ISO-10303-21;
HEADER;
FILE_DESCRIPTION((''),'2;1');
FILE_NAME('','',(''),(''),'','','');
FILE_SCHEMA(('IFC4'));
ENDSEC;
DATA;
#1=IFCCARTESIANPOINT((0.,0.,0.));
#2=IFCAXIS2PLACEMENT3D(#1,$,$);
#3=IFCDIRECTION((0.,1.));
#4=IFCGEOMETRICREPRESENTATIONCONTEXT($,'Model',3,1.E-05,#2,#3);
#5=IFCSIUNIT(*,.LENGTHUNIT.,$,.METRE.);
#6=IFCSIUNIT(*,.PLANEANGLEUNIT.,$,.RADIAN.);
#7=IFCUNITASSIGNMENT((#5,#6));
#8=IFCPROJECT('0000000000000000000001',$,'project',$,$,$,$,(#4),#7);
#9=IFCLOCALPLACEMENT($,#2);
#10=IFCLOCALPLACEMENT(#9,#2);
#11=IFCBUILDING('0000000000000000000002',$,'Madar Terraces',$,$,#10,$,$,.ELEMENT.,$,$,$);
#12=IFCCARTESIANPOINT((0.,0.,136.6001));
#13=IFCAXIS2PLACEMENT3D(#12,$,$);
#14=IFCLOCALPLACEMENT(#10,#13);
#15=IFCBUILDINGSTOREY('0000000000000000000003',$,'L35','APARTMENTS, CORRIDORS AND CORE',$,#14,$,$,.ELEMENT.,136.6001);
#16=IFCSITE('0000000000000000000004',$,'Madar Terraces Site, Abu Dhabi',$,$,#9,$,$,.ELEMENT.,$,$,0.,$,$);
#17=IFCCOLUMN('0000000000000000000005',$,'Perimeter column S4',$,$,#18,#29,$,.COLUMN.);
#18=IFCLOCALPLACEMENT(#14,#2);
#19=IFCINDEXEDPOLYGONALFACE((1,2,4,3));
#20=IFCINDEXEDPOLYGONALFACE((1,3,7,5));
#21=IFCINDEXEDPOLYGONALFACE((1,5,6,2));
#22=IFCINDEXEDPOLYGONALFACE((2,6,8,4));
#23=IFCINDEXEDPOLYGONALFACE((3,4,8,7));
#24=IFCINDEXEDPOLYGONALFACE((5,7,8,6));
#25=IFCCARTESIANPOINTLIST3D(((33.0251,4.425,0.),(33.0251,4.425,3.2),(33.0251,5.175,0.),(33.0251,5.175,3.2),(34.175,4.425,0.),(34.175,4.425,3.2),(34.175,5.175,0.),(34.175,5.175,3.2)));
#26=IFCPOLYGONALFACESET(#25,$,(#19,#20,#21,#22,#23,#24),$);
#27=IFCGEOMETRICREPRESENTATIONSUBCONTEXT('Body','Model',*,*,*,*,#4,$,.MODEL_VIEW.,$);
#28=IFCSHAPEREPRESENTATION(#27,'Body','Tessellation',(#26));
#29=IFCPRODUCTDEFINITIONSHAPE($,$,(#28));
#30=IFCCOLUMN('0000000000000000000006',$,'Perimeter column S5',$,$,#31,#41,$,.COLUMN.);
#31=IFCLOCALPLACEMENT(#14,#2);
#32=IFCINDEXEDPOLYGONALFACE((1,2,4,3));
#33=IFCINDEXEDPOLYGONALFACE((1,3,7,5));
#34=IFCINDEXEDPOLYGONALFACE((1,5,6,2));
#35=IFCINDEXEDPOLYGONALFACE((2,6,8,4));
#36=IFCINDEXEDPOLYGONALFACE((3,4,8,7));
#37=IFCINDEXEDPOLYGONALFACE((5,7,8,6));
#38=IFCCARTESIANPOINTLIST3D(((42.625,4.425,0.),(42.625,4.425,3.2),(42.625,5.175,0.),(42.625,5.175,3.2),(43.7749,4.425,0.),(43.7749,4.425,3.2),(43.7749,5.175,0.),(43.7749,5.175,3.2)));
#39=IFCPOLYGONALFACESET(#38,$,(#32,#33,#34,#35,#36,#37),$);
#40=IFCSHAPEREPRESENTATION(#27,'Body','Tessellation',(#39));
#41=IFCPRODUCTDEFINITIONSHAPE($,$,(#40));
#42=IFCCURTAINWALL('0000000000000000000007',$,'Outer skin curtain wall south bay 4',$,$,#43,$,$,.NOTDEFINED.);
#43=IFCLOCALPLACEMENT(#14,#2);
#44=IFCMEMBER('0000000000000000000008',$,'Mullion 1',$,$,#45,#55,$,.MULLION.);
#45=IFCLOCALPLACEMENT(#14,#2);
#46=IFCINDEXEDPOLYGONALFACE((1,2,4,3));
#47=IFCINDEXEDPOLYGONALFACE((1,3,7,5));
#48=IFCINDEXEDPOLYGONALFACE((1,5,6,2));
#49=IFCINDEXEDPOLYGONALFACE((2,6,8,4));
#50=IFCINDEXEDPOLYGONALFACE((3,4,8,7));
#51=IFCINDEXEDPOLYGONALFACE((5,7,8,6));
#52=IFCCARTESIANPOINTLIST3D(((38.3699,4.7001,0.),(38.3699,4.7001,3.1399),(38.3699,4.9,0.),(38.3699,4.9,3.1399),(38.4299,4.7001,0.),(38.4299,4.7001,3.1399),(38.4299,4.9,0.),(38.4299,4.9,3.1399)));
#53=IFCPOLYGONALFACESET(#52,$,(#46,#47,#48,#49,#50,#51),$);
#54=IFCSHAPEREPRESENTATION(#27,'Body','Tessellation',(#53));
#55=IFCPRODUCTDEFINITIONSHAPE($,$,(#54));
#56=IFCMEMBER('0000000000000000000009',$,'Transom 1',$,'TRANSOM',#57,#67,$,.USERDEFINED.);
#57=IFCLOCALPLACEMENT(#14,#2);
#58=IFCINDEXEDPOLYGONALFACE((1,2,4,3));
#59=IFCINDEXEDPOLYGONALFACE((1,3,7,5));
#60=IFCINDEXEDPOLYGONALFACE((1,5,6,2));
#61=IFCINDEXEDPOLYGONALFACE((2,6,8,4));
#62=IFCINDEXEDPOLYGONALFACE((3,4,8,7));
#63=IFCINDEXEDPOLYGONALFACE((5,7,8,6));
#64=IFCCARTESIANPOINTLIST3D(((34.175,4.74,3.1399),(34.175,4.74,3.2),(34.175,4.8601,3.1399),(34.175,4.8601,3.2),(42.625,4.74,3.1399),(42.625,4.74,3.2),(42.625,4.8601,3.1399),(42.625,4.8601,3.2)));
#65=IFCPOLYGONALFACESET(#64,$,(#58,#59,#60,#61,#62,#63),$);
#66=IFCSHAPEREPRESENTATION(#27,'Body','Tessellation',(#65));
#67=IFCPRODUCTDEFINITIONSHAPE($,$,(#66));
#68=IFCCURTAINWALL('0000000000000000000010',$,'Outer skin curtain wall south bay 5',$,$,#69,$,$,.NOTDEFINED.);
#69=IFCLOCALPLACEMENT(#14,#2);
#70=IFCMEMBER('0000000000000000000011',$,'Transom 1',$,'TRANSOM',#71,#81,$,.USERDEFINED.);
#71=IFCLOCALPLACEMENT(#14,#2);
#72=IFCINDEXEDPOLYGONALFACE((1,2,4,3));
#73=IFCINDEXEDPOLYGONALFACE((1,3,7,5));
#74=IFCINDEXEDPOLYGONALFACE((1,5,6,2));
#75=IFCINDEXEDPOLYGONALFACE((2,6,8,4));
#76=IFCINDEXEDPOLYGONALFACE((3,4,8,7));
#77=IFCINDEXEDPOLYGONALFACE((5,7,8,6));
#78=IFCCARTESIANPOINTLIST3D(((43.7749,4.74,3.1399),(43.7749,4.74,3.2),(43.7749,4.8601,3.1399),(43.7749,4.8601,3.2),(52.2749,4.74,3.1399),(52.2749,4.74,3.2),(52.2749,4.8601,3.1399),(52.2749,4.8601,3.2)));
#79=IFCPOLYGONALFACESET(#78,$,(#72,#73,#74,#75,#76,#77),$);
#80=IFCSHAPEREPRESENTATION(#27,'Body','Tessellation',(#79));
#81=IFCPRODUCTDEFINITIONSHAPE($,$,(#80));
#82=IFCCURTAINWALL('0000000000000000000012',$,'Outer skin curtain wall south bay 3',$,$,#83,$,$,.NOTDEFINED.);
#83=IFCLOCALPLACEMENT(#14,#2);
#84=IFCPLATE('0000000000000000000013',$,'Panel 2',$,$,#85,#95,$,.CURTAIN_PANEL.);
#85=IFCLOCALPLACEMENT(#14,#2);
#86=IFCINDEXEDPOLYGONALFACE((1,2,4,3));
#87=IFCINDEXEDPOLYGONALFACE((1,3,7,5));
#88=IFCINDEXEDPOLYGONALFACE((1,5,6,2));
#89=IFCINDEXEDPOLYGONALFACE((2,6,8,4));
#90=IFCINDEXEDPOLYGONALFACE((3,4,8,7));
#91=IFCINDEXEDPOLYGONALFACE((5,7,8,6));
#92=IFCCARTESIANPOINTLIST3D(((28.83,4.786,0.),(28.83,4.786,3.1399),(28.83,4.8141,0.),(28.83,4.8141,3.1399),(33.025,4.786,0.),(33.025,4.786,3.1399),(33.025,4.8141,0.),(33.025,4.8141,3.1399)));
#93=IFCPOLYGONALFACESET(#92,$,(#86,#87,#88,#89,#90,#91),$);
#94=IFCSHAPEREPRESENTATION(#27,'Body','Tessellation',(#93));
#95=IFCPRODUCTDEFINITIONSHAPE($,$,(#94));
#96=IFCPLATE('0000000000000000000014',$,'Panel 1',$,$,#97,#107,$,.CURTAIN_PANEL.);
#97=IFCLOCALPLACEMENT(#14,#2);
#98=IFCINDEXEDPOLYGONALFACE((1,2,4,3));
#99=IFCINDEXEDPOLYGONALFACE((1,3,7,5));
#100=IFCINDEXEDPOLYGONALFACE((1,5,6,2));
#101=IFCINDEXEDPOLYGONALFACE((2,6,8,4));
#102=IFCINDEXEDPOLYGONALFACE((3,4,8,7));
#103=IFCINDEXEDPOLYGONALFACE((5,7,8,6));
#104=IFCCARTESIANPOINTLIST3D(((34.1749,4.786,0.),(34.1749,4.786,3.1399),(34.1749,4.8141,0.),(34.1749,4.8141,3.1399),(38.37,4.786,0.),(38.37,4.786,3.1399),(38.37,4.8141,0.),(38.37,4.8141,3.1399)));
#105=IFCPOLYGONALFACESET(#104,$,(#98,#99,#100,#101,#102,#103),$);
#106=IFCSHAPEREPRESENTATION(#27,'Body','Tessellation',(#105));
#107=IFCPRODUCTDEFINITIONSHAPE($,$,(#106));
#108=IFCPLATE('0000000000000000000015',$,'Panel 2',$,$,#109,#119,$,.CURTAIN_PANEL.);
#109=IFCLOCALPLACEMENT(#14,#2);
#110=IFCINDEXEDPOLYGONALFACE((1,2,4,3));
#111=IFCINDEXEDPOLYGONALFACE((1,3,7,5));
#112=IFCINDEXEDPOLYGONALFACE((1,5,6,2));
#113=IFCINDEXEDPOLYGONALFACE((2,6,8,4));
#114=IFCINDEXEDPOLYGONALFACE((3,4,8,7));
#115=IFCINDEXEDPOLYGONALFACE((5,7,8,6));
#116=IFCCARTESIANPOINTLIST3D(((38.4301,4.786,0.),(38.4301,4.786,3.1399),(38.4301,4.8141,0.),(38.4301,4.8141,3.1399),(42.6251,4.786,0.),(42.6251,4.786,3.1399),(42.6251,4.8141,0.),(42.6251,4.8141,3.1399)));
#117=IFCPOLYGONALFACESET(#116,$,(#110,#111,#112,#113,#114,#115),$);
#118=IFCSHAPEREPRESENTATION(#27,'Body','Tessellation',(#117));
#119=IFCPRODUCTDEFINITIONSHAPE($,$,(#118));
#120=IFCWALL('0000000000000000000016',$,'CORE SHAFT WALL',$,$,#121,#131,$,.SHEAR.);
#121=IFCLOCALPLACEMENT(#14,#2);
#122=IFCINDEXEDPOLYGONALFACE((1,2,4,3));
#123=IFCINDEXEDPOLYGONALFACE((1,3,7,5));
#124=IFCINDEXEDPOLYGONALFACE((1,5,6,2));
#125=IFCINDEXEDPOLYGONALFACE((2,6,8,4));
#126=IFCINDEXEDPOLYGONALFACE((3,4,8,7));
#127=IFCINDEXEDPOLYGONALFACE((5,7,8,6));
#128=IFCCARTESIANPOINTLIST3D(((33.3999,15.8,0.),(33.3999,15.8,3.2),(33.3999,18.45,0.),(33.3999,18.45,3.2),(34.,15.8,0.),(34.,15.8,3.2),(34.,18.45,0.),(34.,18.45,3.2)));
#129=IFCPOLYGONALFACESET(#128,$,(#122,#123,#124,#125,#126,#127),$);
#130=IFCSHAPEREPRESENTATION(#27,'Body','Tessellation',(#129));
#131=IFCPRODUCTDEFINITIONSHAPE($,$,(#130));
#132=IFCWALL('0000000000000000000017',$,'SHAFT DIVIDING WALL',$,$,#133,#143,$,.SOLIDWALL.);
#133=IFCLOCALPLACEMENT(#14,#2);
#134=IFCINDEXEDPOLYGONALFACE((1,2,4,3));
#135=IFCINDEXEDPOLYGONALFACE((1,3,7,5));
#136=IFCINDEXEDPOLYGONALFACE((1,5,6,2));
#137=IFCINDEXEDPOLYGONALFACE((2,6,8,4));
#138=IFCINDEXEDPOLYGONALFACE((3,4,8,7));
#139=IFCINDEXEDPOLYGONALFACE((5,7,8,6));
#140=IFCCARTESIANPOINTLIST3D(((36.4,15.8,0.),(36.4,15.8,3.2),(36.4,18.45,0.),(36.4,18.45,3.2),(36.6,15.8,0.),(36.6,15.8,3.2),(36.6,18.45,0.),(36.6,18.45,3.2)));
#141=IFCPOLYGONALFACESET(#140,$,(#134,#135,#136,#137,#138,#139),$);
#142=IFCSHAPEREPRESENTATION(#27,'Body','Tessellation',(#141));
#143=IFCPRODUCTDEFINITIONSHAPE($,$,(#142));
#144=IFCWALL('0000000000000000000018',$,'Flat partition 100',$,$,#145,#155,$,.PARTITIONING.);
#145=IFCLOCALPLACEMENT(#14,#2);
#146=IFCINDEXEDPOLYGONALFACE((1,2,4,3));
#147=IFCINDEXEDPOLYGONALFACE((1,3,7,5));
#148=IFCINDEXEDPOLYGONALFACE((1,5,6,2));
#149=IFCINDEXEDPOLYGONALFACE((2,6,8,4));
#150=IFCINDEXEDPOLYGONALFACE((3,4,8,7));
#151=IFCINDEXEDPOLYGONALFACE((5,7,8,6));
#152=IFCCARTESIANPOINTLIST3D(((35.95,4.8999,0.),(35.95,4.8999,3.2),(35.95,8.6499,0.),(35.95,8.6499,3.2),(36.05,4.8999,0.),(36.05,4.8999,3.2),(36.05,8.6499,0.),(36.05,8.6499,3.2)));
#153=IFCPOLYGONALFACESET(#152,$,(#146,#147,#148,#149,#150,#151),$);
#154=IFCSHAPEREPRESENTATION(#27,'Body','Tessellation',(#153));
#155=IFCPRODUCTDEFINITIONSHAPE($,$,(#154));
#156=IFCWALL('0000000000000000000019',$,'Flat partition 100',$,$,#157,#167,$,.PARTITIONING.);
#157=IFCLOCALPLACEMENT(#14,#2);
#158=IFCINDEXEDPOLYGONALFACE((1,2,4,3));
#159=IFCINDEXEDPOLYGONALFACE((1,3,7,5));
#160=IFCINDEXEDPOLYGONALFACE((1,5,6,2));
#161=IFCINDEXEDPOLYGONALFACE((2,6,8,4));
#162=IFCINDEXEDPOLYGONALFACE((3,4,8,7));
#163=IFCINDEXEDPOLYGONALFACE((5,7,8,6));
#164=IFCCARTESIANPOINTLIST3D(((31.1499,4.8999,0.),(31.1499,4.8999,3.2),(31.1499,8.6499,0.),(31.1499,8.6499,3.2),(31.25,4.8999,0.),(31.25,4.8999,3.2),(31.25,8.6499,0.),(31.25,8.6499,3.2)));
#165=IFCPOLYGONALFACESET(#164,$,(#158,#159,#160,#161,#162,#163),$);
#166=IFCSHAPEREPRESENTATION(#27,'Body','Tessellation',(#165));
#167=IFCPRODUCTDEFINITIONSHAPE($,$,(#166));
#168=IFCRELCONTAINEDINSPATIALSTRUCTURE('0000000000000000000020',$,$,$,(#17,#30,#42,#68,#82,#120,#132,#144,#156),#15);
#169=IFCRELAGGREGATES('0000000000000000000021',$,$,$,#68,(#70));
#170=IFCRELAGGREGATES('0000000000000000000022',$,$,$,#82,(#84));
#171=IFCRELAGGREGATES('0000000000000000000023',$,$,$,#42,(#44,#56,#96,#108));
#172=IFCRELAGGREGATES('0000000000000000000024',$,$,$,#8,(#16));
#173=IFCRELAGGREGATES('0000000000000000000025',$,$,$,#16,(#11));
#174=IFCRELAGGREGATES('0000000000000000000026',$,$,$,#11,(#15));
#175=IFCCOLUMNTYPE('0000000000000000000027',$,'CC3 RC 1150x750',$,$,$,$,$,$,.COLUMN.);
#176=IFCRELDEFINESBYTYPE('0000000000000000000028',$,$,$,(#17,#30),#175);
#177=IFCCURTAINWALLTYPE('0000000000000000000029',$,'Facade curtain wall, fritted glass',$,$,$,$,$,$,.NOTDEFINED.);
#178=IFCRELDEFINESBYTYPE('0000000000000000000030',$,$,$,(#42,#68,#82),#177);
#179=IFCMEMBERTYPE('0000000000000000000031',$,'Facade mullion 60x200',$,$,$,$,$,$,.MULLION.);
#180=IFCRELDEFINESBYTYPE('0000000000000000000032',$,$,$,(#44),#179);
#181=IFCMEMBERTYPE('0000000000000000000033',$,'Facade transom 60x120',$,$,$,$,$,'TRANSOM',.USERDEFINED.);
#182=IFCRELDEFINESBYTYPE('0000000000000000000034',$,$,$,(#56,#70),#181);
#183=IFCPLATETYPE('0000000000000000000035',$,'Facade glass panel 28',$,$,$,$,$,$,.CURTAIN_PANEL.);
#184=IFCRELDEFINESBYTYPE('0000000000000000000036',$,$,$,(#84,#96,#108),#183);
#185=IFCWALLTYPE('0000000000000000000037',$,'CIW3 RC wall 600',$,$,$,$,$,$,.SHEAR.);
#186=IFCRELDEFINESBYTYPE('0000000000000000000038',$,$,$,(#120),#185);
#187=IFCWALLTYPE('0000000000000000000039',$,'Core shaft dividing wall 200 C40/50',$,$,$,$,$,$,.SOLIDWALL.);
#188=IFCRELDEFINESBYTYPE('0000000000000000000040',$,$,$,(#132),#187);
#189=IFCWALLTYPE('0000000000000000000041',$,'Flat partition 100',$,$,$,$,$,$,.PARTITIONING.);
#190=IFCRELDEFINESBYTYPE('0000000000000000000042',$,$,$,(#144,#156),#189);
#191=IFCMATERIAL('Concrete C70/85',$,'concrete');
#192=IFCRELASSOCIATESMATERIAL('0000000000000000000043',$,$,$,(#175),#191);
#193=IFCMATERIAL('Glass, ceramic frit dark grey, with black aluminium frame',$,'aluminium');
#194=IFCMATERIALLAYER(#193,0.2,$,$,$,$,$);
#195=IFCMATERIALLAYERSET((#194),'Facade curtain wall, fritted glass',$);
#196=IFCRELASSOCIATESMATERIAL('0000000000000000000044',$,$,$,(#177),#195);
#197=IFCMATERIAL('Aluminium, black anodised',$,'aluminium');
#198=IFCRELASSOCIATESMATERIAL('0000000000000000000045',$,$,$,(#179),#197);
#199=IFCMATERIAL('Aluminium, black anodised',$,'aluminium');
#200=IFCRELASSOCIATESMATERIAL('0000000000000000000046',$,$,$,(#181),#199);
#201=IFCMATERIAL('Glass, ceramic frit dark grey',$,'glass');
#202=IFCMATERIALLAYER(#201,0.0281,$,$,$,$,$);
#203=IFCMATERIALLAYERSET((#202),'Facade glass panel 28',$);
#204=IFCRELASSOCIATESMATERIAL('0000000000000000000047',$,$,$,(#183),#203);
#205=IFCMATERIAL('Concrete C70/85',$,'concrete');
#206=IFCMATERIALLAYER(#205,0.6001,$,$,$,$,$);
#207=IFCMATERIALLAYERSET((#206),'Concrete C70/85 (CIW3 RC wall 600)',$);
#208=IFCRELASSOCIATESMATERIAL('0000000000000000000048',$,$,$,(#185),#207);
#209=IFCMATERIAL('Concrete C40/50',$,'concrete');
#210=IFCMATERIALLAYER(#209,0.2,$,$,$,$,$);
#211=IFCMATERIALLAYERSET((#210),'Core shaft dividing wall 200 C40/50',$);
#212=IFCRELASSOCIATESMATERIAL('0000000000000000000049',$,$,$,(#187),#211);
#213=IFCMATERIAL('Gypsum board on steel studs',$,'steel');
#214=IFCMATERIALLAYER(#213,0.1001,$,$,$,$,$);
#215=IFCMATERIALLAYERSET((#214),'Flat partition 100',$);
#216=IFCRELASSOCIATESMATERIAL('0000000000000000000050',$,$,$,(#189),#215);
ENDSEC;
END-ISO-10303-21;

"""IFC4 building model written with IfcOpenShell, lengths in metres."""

from ifc_helpers import new_model, si_unit, direction, frame, frame_2d, origin, origin_2d, place, context, subcontext, project, spatial, rectangle, extrude, material, layer, layer_set, material_profile, profile_set, type_object, element, aggregate, save


model = new_model("IFC4")

# Units and contexts
model_context = context("Model", 3, precision=1e-05, world=origin(), true_north=direction((0.0, 1.0)))
body_context = subcontext(model_context, "Body", "Model", "MODEL_VIEW")
ifc_project = project(units=[si_unit("LENGTHUNIT", "METRE"), si_unit("PLANEANGLEUNIT", "RADIAN")], contexts=[model_context])

# Site, building, storey
site_placement = place(None, origin())
site = spatial("IfcSite", under=ifc_project, at=site_placement, Name="Madar Terraces Site, Abu Dhabi", CompositionType="ELEMENT", RefElevation=0.0)
building_placement = place(site_placement, origin())
building = spatial("IfcBuilding", under=site, at=building_placement, Name="Madar Terraces", CompositionType="ELEMENT")
storey_placement = place(building_placement, frame((0.0, 0.0, 136.6001)))
storey = spatial("IfcBuildingStorey", under=building, at=storey_placement, Name="L35", Description="APARTMENTS, CORRIDORS AND CORE", CompositionType="ELEMENT", Elevation=136.6001)

# Columns
ifc_material_1 = material(Name="Concrete C70/85", Category="concrete")
ifc_material_profile_1 = material_profile(ifc_material_1, rectangle(XDim=1.1499, YDim=0.75, at=origin_2d()), Name="CC3 RC 1150x750")
ifc_profile_set_1 = profile_set([ifc_material_profile_1], Name="Concrete C70/85")
column_type = type_object("IfcColumnType", Name="CC3 RC 1150x750", PredefinedType="COLUMN", material=ifc_profile_set_1)
for number, where, z_axis, x_axis, name in (
    (1, (33.6001, 4.8, 0.0), (0.0, 0.0, 1.0), (1.0, 0.0, 0.0), "Perimeter column S4"),
    (2, (43.2, 4.8, 0.0), (0.0, 0.0, 1.0), (1.0, 0.0, 0.0), "Perimeter column S5"),
):
    element("IfcColumn", number, at=place(storey_placement, frame(where, z_axis=z_axis, x_axis=x_axis)), inside=storey, type_object=column_type, Name=name, PredefinedType="COLUMN", context=body_context, shape_type="SweptSolid", body=[
        extrude(rectangle(XDim=1.1499, YDim=0.75, at=origin_2d()), origin(), (0.0, 0.0, 1.0), 3.2),
    ])

# Curtain wall, members
ifc_material_2 = material(Name="Glass, ceramic frit dark grey, with black aluminium frame", Category="aluminium")
ifc_layer_1 = layer(ifc_material_2, 0.2)
ifc_layer_set_1 = layer_set([ifc_layer_1], Name="Facade curtain wall, fritted glass")
curtain_wall_type = type_object("IfcCurtainWallType", Name="Facade curtain wall, fritted glass", PredefinedType="NOTDEFINED", material=ifc_layer_set_1)
curtain_wall_1_placement = place(storey_placement, origin())
curtain_wall_1 = element("IfcCurtainWall", 3, at=curtain_wall_1_placement, inside=storey, type_object=curtain_wall_type, Name="Outer skin curtain wall south bay 4", PredefinedType="NOTDEFINED")
ifc_material_3 = material(Name="Aluminium, black anodised", Category="aluminium")
ifc_material_profile_2 = material_profile(ifc_material_3, rectangle(XDim=0.2, YDim=0.0601, at=origin_2d()), Name="Facade mullion 60x200")
ifc_profile_set_2 = profile_set([ifc_material_profile_2], Name="Aluminium, black anodised")
member_type_1 = type_object("IfcMemberType", Name="Facade mullion 60x200", PredefinedType="MULLION", material=ifc_profile_set_2)
member_1_placement = place(storey_placement, frame((38.3999, 4.8, 0.0), z_axis=(0.0, 0.0, 1.0), x_axis=(0.0, 1.0, 0.0)))
member_1 = element("IfcMember", 4, at=member_1_placement, type_object=member_type_1, Name="Mullion 1", PredefinedType="MULLION", context=body_context, shape_type="SweptSolid", body=[
    extrude(rectangle(XDim=0.2, YDim=0.0601, at=origin_2d()), origin(), (0.0, 0.0, 1.0), 3.1399),
])
ifc_material_4 = material(Name="Aluminium, black anodised", Category="aluminium")
ifc_material_profile_3 = material_profile(ifc_material_4, rectangle(XDim=0.1201, YDim=0.0601, at=origin_2d()), Name="Facade transom 60x120")
ifc_profile_set_3 = profile_set([ifc_material_profile_3], Name="Aluminium, black anodised")
member_type_2 = type_object("IfcMemberType", Name="Facade transom 60x120", ElementType="TRANSOM", PredefinedType="USERDEFINED", material=ifc_profile_set_3)
member_2_placement = place(storey_placement, frame((34.175, 4.8, 3.1699), z_axis=(1.0, 0.0, 0.0), x_axis=(0.0, 1.0, 0.0)))
member_2 = element("IfcMember", 5, at=member_2_placement, type_object=member_type_2, Name="Transom 1", ObjectType="TRANSOM", PredefinedType="USERDEFINED", context=body_context, shape_type="SweptSolid", body=[
    extrude(rectangle(XDim=0.1201, YDim=0.0601, at=origin_2d()), origin(), (0.0, 0.0, 1.0), 8.45),
])

# Curtain wall, member
curtain_wall_2_placement = place(storey_placement, origin())
curtain_wall_2 = element("IfcCurtainWall", 6, at=curtain_wall_2_placement, inside=storey, type_object=curtain_wall_type, Name="Outer skin curtain wall south bay 5", PredefinedType="NOTDEFINED")
member_3_placement = place(storey_placement, frame((43.7749, 4.8, 3.1699), z_axis=(1.0, 0.0, 0.0), x_axis=(0.0, 1.0, 0.0)))
member_3 = element("IfcMember", 7, at=member_3_placement, type_object=member_type_2, Name="Transom 1", ObjectType="TRANSOM", PredefinedType="USERDEFINED", context=body_context, shape_type="SweptSolid", body=[
    extrude(rectangle(XDim=0.1201, YDim=0.0601, at=origin_2d()), origin(), (0.0, 0.0, 1.0), 8.5),
])
aggregate(curtain_wall_2, [member_3])

# Curtain wall, plate
curtain_wall_3_placement = place(storey_placement, origin())
curtain_wall_3 = element("IfcCurtainWall", 8, at=curtain_wall_3_placement, inside=storey, type_object=curtain_wall_type, Name="Outer skin curtain wall south bay 3", PredefinedType="NOTDEFINED")
ifc_material_5 = material(Name="Glass, ceramic frit dark grey", Category="glass")
ifc_layer_2 = layer(ifc_material_5, 0.0281)
ifc_layer_set_2 = layer_set([ifc_layer_2], Name="Facade glass panel 28")
plate_type = type_object("IfcPlateType", Name="Facade glass panel 28", PredefinedType="CURTAIN_PANEL", material=ifc_layer_set_2)
plate_1_placement = place(storey_placement, frame((30.9275, 4.8, 0.0), z_axis=(0.0, 0.0, 1.0), x_axis=(1.0, 0.0, 0.0)))
plate_1 = element("IfcPlate", 9, at=plate_1_placement, type_object=plate_type, Name="Panel 2", PredefinedType="CURTAIN_PANEL", context=body_context, shape_type="SweptSolid", body=[
    extrude(rectangle(XDim=4.1951, YDim=0.0281, at=origin_2d()), origin(), (0.0, 0.0, 1.0), 3.1399),
])
aggregate(curtain_wall_3, [plate_1])

# Plates
plate_2_placement = place(storey_placement, frame((36.2725, 4.8, 0.0), z_axis=(0.0, 0.0, 1.0), x_axis=(1.0, 0.0, 0.0)))
plate_2 = element("IfcPlate", 10, at=plate_2_placement, type_object=plate_type, Name="Panel 1", PredefinedType="CURTAIN_PANEL", context=body_context, shape_type="SweptSolid", body=[
    extrude(rectangle(XDim=4.1951, YDim=0.0281, at=origin_2d()), origin(), (0.0, 0.0, 1.0), 3.1399),
])
plate_3_placement = place(storey_placement, frame((40.5276, 4.8, 0.0), z_axis=(0.0, 0.0, 1.0), x_axis=(1.0, 0.0, 0.0)))
plate_3 = element("IfcPlate", 11, at=plate_3_placement, type_object=plate_type, Name="Panel 2", PredefinedType="CURTAIN_PANEL", context=body_context, shape_type="SweptSolid", body=[
    extrude(rectangle(XDim=4.1951, YDim=0.0281, at=origin_2d()), origin(), (0.0, 0.0, 1.0), 3.1399),
])
aggregate(curtain_wall_1, [member_1, member_2, plate_2, plate_3])

# Walls
ifc_material_6 = material(Name="Concrete C70/85", Category="concrete")
ifc_layer_3 = layer(ifc_material_6, 0.6001)
ifc_layer_set_3 = layer_set([ifc_layer_3], Name="Concrete C70/85 (CIW3 RC wall 600)")
wall_type_1 = type_object("IfcWallType", Name="CIW3 RC wall 600", PredefinedType="SHEAR", material=ifc_layer_set_3)
wall_1_placement = place(storey_placement, frame((33.7, 15.8, 0.0), z_axis=(0.0, 0.0, 1.0), x_axis=(0.0, 1.0, 0.0)))
element("IfcWall", 12, at=wall_1_placement, inside=storey, type_object=wall_type_1, Name="CORE SHAFT WALL", PredefinedType="SHEAR", context=body_context, shape_type="SweptSolid", body=[
    extrude(rectangle(XDim=2.6499, YDim=0.6001, at=frame_2d((1.325, 0.0))), origin(), (0.0, 0.0, 1.0), 3.2),
])
ifc_material_7 = material(Name="Concrete C40/50", Category="concrete")
ifc_layer_4 = layer(ifc_material_7, 0.2)
ifc_layer_set_4 = layer_set([ifc_layer_4], Name="Core shaft dividing wall 200 C40/50")
wall_type_2 = type_object("IfcWallType", Name="Core shaft dividing wall 200 C40/50", PredefinedType="SOLIDWALL", material=ifc_layer_set_4)
wall_2_placement = place(storey_placement, frame((36.5, 15.8, 0.0), z_axis=(0.0, 0.0, 1.0), x_axis=(0.0, 1.0, 0.0)))
element("IfcWall", 13, at=wall_2_placement, inside=storey, type_object=wall_type_2, Name="SHAFT DIVIDING WALL", PredefinedType="SOLIDWALL", context=body_context, shape_type="SweptSolid", body=[
    extrude(rectangle(XDim=2.6499, YDim=0.2, at=frame_2d((1.325, 0.0))), origin(), (0.0, 0.0, 1.0), 3.2),
])
ifc_material_8 = material(Name="Gypsum board on steel studs", Category="steel")
ifc_layer_5 = layer(ifc_material_8, 0.1001)
ifc_layer_set_5 = layer_set([ifc_layer_5], Name="Flat partition 100")
wall_type_3 = type_object("IfcWallType", Name="Flat partition 100", PredefinedType="PARTITIONING", material=ifc_layer_set_5)
for number, where, z_axis, x_axis, name in (
    (14, (36.0, 8.6499, 0.0), (0.0, 0.0, 1.0), (0.0, -1.0, 0.0), "Flat partition 100"),
    (15, (31.2, 8.6499, 0.0), (0.0, 0.0, 1.0), (0.0, -1.0, 0.0), "Flat partition 100"),
):
    element("IfcWall", number, at=place(storey_placement, frame(where, z_axis=z_axis, x_axis=x_axis)), inside=storey, type_object=wall_type_3, Name=name, PredefinedType="PARTITIONING", context=body_context, shape_type="SweptSolid", body=[
        extrude(rectangle(XDim=3.75, YDim=0.1001, at=frame_2d((1.875, 0.0))), origin(), (0.0, 0.0, 1.0), 3.2),
    ])

save(model, "model.ifc")
